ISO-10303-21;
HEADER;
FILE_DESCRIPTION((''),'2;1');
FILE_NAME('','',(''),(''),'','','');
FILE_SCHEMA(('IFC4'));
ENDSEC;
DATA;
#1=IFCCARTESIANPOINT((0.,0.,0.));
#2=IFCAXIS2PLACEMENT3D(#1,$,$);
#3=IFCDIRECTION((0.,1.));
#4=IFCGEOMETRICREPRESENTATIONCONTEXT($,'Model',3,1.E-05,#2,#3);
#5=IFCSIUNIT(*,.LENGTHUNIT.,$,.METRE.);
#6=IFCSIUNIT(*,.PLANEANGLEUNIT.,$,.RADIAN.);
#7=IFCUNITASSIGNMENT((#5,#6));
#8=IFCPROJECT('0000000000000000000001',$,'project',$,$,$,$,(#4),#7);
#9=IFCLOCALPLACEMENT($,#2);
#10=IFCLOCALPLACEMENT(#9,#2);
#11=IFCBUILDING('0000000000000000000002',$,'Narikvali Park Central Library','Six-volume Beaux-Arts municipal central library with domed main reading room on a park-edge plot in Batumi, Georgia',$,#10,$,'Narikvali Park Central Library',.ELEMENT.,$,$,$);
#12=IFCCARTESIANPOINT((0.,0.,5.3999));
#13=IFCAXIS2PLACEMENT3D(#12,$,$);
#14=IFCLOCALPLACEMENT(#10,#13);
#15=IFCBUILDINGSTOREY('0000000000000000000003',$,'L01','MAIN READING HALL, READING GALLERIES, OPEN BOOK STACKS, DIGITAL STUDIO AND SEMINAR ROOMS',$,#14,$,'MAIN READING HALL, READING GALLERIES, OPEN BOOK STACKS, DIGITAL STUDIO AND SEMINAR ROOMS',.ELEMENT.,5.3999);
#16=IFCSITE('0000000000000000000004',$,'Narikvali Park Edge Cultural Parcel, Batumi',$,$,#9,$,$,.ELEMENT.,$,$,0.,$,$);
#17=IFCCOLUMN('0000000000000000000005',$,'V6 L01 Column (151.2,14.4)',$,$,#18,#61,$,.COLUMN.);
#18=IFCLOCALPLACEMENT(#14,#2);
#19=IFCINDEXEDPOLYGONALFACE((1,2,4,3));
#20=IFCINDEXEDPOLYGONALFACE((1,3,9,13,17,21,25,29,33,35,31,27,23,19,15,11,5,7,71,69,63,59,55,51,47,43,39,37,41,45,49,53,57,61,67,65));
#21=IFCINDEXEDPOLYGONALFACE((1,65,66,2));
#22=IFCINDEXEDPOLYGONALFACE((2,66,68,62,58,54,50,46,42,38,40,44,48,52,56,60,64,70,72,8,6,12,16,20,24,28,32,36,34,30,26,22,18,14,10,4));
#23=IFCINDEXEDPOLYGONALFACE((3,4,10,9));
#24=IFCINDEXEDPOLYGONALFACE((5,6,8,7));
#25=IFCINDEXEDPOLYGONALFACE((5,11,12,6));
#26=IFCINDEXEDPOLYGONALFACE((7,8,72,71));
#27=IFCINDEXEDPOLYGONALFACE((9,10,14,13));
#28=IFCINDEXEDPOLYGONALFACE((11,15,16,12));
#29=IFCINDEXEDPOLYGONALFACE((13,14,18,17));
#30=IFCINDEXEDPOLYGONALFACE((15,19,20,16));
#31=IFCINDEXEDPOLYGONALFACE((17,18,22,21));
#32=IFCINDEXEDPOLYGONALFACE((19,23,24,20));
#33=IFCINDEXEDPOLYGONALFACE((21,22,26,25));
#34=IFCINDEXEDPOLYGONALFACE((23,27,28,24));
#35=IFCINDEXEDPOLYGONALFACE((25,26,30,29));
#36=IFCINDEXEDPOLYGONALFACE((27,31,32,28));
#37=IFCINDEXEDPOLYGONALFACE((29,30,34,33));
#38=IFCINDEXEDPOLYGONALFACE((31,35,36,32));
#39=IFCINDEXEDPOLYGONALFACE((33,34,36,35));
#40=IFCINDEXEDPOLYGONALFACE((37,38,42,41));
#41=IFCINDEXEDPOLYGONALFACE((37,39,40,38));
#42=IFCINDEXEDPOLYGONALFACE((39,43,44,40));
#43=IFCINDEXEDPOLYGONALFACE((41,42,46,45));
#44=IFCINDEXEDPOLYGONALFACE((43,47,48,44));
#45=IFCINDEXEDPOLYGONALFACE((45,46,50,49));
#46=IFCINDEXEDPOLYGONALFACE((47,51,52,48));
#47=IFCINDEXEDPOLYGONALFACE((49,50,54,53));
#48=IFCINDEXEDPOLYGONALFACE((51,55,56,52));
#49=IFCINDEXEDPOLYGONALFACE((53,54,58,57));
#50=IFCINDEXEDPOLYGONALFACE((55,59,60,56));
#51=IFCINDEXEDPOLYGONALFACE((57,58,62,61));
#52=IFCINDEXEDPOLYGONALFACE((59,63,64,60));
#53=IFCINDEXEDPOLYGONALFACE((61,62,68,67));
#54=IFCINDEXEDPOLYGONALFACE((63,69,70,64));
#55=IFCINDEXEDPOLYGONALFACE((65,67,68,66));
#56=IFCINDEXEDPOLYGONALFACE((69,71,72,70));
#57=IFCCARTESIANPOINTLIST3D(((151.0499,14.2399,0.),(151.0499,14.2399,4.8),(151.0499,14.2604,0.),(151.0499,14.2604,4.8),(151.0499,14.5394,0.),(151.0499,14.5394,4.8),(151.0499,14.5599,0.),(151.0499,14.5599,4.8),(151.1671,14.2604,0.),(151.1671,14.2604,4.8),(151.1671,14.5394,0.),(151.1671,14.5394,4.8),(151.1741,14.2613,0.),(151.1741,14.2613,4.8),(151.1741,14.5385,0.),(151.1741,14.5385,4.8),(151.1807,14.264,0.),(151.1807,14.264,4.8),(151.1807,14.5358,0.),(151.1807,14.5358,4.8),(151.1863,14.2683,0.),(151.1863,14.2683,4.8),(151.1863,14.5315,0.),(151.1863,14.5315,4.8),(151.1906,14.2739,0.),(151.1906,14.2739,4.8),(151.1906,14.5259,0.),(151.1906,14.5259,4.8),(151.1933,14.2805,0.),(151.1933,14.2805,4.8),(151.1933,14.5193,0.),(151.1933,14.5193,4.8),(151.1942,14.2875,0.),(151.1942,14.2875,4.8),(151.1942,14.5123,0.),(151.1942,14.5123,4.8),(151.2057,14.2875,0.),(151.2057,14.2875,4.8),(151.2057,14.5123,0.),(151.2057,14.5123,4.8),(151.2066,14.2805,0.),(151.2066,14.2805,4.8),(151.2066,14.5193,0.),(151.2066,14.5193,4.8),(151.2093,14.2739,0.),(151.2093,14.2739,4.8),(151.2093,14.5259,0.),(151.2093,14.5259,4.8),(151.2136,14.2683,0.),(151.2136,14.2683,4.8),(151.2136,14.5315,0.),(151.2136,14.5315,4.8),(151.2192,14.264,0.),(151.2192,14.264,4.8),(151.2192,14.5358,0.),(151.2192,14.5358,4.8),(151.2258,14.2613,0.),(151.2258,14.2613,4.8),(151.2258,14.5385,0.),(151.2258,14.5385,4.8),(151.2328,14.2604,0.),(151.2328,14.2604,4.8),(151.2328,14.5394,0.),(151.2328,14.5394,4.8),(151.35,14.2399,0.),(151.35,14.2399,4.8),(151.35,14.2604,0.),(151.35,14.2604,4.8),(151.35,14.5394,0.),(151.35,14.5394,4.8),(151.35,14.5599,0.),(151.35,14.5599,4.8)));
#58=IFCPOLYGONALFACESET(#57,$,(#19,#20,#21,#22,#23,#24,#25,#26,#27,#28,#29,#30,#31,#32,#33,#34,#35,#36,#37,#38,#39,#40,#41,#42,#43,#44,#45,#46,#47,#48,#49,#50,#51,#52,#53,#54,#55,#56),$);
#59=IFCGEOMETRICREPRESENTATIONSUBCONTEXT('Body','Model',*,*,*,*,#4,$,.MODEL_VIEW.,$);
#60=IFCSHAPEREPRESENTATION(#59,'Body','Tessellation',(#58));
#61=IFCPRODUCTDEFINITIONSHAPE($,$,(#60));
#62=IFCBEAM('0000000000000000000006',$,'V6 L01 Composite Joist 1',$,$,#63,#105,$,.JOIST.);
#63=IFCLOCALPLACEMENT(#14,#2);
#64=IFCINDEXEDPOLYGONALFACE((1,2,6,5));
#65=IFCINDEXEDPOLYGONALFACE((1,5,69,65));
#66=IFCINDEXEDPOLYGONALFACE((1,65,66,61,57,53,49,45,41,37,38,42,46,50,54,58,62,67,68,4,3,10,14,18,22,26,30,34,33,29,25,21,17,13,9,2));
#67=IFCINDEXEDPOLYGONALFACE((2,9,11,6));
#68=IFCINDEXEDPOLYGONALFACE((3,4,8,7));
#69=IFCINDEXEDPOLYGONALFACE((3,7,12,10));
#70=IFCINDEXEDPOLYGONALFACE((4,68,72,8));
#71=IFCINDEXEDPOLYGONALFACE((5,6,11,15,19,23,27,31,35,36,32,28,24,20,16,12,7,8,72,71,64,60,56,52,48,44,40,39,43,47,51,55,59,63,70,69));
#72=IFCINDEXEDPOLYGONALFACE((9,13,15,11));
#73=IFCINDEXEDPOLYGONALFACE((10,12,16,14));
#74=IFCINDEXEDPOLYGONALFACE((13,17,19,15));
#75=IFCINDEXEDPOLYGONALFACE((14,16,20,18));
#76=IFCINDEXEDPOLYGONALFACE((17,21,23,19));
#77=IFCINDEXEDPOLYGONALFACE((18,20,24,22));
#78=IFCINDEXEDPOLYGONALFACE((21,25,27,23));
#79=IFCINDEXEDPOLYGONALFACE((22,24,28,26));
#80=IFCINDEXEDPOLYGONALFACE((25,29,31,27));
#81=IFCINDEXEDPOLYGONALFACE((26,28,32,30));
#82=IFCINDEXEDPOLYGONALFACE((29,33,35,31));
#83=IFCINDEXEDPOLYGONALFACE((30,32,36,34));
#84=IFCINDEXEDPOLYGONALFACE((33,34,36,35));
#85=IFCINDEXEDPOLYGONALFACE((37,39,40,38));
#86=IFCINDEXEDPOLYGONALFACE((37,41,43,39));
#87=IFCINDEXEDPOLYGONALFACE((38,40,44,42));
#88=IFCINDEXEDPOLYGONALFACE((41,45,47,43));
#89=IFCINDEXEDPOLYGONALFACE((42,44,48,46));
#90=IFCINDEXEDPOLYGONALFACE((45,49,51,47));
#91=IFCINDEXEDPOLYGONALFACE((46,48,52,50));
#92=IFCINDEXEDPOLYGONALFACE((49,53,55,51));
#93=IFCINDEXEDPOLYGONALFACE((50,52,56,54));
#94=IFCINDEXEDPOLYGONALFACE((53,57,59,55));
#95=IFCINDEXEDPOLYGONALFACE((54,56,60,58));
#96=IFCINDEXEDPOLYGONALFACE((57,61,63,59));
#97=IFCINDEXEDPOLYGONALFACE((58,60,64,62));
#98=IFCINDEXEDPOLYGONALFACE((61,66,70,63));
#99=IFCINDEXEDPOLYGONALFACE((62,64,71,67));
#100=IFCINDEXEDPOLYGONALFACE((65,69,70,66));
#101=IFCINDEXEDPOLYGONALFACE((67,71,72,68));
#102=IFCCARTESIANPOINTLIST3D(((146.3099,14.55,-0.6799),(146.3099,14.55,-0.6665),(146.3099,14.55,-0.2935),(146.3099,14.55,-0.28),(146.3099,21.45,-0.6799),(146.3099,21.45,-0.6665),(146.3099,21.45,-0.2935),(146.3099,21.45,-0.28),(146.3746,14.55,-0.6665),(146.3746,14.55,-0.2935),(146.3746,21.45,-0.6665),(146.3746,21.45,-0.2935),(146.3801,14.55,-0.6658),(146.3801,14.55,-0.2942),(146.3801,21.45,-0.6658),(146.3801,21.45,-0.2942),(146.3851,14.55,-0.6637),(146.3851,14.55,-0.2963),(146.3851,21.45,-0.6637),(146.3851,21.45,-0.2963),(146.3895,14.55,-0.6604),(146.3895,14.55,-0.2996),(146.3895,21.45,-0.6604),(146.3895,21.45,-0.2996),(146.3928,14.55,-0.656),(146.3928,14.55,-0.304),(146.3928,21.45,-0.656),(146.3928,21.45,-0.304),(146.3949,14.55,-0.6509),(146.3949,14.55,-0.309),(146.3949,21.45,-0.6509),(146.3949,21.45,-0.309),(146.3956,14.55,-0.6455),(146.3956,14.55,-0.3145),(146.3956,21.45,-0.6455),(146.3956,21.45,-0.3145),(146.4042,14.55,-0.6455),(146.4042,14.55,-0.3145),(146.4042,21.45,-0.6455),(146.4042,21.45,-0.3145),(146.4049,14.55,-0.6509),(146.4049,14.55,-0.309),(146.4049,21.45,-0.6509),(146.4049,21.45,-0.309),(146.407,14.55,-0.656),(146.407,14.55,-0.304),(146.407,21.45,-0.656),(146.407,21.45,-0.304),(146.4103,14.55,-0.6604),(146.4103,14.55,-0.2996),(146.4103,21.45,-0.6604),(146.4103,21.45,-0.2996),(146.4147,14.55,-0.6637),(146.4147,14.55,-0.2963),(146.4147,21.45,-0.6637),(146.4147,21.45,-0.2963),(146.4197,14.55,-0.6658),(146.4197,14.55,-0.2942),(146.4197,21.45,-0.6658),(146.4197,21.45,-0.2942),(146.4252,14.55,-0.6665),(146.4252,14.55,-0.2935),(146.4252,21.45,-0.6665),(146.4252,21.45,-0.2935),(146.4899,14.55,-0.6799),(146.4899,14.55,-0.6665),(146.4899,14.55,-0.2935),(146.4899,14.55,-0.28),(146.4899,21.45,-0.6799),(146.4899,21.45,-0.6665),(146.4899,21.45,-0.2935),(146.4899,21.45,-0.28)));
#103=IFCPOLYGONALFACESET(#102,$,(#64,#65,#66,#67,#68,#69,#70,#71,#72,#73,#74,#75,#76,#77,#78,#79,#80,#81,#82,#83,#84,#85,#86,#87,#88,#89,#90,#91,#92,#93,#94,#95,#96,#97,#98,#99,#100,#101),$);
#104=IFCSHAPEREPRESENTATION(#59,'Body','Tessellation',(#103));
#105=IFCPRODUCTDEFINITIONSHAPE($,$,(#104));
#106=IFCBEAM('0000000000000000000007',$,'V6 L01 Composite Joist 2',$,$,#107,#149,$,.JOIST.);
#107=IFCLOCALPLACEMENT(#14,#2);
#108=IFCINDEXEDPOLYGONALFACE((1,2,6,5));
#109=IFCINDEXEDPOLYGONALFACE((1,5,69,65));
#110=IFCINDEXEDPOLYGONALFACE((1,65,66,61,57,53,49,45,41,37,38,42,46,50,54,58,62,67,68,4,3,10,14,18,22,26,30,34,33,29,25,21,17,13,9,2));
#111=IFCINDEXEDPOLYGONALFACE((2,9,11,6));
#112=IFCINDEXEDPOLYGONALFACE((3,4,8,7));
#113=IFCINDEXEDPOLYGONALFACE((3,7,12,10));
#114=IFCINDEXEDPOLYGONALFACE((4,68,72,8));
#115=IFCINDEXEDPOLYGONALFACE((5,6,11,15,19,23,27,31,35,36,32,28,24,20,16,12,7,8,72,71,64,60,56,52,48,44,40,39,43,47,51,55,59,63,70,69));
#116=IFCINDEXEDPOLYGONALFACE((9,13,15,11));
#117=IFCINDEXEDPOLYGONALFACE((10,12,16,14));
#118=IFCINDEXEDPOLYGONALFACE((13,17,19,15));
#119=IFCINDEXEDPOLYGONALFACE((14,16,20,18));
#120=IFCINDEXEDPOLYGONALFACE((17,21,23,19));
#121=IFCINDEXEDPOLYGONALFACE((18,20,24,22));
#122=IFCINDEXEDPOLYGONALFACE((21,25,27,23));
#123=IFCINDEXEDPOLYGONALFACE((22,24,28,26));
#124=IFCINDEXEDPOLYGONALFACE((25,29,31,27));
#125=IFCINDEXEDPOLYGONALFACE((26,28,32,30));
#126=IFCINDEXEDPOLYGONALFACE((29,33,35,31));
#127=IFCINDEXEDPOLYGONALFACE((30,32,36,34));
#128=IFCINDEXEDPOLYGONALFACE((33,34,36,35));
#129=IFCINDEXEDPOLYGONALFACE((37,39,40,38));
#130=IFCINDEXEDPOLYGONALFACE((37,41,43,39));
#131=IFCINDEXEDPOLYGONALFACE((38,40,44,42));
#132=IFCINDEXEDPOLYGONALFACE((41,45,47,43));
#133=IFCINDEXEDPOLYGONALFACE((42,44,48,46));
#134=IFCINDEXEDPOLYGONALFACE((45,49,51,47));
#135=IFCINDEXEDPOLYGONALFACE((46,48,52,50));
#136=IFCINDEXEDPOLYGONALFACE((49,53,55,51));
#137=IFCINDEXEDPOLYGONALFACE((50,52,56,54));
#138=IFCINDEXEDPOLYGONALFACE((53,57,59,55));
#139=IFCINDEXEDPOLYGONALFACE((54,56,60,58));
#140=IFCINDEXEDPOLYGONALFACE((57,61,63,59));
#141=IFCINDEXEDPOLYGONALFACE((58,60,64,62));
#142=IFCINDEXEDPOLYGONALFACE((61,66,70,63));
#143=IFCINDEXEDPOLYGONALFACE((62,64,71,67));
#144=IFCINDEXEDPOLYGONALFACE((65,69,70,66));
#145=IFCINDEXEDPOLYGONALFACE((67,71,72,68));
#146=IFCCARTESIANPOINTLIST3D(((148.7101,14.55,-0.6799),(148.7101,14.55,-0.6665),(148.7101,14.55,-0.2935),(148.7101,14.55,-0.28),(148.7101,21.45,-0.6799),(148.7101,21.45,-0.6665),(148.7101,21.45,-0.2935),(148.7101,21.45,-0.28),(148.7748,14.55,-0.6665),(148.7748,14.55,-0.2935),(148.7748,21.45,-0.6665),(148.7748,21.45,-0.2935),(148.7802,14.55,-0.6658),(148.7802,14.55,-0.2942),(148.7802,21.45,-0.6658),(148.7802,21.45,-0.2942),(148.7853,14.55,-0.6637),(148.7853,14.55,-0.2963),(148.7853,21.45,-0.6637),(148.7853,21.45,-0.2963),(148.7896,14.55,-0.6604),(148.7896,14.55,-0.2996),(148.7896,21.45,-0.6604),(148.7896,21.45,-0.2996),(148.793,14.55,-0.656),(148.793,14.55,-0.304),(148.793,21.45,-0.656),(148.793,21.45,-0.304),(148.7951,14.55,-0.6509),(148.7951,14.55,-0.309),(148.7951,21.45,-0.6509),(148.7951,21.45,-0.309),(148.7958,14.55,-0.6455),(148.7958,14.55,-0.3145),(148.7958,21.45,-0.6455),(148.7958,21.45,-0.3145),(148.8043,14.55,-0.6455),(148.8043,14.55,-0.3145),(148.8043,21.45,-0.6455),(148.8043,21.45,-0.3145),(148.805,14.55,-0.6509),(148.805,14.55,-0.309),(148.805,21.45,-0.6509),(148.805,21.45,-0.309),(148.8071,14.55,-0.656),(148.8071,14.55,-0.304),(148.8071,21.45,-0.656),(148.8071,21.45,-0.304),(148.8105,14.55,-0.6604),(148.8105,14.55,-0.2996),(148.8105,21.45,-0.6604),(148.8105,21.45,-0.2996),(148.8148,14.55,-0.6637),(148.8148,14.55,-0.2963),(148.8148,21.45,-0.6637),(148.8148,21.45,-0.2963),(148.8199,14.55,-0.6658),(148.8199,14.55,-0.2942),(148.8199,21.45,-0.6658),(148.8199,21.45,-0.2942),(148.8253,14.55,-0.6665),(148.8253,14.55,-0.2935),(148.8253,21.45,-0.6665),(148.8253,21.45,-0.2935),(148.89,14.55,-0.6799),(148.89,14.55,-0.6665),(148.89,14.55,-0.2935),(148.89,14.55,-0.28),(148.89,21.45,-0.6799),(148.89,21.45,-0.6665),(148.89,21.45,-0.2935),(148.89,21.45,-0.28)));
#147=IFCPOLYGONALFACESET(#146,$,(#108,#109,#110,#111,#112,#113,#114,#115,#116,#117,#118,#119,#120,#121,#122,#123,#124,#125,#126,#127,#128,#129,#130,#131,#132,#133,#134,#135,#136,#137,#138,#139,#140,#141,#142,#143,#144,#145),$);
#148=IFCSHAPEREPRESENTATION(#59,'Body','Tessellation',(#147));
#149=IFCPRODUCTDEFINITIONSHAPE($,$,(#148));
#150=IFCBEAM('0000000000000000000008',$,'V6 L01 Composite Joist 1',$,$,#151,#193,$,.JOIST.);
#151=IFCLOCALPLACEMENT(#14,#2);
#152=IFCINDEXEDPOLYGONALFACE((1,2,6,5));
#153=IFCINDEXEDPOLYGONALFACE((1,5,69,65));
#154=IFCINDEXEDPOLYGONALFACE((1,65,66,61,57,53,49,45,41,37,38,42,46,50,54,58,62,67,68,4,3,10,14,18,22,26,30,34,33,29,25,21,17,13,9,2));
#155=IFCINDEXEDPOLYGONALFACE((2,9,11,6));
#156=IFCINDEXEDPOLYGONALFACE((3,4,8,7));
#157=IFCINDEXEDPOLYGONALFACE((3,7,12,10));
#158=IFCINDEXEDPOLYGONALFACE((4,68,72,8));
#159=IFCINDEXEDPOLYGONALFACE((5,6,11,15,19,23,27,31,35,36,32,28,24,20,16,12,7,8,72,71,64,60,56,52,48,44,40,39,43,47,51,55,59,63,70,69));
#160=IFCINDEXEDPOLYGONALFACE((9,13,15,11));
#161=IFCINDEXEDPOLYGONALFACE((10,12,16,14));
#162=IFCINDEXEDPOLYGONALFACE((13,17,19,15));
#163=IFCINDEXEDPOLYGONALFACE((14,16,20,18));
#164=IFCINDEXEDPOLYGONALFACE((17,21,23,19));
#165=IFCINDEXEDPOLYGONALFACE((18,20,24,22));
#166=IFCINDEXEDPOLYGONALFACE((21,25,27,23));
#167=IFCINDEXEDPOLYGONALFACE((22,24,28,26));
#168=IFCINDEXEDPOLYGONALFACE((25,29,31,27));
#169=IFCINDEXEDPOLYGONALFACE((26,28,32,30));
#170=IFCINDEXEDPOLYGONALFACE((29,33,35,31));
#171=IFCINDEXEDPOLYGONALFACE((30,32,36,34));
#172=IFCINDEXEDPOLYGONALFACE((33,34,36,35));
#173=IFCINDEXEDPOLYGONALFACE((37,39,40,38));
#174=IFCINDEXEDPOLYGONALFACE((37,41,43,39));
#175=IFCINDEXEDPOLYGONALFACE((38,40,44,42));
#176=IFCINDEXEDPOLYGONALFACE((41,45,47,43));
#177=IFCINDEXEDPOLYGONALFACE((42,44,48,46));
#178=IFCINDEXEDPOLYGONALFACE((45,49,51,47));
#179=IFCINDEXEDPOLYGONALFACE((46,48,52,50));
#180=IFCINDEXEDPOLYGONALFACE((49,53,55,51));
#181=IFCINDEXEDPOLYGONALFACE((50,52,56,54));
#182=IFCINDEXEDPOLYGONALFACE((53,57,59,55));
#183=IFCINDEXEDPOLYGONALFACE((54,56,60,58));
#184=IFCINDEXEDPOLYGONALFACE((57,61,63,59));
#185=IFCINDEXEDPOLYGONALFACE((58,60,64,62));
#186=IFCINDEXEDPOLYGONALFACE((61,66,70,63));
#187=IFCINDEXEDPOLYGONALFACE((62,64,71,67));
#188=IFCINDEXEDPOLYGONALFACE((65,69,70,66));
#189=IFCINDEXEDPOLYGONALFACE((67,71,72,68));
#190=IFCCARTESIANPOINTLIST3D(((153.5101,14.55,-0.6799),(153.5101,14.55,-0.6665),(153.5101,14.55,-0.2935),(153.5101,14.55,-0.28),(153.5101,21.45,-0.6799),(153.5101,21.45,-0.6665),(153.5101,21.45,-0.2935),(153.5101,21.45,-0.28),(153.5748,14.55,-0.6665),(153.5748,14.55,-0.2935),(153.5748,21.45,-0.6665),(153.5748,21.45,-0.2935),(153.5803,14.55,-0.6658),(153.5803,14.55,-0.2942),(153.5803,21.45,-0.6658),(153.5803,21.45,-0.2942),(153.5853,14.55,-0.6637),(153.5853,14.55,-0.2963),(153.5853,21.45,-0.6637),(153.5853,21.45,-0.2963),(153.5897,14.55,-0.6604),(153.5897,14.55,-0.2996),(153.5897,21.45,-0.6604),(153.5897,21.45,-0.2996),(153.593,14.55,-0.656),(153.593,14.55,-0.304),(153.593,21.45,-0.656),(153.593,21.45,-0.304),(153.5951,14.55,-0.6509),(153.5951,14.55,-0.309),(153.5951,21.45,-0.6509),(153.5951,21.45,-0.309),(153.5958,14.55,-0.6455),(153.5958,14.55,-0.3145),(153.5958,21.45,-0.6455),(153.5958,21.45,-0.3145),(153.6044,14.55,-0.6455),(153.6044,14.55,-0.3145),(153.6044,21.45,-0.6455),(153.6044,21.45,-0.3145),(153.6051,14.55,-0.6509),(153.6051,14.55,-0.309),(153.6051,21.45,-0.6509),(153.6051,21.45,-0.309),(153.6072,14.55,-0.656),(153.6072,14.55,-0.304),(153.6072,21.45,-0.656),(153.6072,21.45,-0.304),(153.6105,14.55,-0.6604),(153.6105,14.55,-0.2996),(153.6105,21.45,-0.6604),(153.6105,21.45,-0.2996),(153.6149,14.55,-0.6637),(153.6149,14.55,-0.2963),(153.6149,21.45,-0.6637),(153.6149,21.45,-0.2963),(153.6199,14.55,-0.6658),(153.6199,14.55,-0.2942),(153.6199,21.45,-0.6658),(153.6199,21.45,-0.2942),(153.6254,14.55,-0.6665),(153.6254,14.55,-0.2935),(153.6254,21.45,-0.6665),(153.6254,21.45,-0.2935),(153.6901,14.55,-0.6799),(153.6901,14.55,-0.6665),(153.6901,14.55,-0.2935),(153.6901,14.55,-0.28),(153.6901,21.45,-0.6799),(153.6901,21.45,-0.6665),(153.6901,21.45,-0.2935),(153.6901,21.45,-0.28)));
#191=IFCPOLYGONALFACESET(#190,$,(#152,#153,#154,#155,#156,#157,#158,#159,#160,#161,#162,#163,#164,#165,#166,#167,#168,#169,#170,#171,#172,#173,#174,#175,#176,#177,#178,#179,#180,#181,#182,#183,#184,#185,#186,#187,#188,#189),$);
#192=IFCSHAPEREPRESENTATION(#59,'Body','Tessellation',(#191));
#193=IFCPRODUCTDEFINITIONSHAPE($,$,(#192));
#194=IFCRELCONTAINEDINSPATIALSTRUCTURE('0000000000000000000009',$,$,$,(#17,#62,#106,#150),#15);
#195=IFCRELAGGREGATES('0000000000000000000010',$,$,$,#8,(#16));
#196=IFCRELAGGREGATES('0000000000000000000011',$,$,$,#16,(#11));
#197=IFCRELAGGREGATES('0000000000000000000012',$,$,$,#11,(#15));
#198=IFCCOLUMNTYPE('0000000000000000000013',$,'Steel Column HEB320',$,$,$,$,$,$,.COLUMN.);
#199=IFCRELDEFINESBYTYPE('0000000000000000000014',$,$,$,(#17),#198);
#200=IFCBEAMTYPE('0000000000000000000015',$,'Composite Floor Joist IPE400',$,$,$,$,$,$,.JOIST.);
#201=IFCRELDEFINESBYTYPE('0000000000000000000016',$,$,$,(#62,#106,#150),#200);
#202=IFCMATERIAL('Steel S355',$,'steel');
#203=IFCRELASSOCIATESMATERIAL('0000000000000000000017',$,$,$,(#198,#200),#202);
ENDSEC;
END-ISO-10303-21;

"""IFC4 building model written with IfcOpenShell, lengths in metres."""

from ifc_helpers import new_model, si_unit, direction, frame, origin, origin_2d, place, context, subcontext, project, spatial, i_section, extrude, material, material_profile, profile_set, type_object, element, save


model = new_model("IFC4")

# Units and contexts
model_context = context("Model", 3, precision=1e-05, world=origin(), true_north=direction((0.0, 1.0)))
body_context = subcontext(model_context, "Body", "Model", "MODEL_VIEW")
ifc_project = project(units=[si_unit("LENGTHUNIT", "METRE"), si_unit("PLANEANGLEUNIT", "RADIAN")], contexts=[model_context])

# Site, building, storey
site_placement = place(None, origin())
site = spatial("IfcSite", under=ifc_project, at=site_placement, Name="Narikvali Park Edge Cultural Parcel, Batumi", CompositionType="ELEMENT", RefElevation=0.0)
building_placement = place(site_placement, origin())
building = spatial("IfcBuilding", under=site, at=building_placement, Name="Narikvali Park Central Library", Description="Six-volume Beaux-Arts municipal central library with domed main reading room on a park-edge plot in Batumi, Georgia", LongName="Narikvali Park Central Library", CompositionType="ELEMENT")
storey_placement = place(building_placement, frame((0.0, 0.0, 5.3999)))
storey = spatial("IfcBuildingStorey", under=building, at=storey_placement, Name="L01", Description="MAIN READING HALL, READING GALLERIES, OPEN BOOK STACKS, DIGITAL STUDIO AND SEMINAR ROOMS", LongName="MAIN READING HALL, READING GALLERIES, OPEN BOOK STACKS, DIGITAL STUDIO AND SEMINAR ROOMS", CompositionType="ELEMENT", Elevation=5.3999)

# Column
ifc_material_1 = material(Name="Steel S355", Category="steel")
ifc_material_profile_1 = material_profile(ifc_material_1, i_section(OverallWidth=0.3, OverallDepth=0.3201, WebThickness=0.0115, FlangeThickness=0.0205, FilletRadius=0.0271, at=origin_2d()), Name="HEB 320")
ifc_profile_set_1 = profile_set([ifc_material_profile_1], Name="Steel S355")
column_type = type_object("IfcColumnType", Name="Steel Column HEB320", PredefinedType="COLUMN", material=ifc_profile_set_1)
column_placement = place(storey_placement, frame((151.2, 14.3999, 0.0), z_axis=(0.0, 0.0, 1.0), x_axis=(1.0, 0.0, 0.0)))
element("IfcColumn", 1, at=column_placement, inside=storey, type_object=column_type, Name="V6 L01 Column (151.2,14.4)", PredefinedType="COLUMN", context=body_context, shape_type="SweptSolid", body=[
    extrude(i_section(OverallWidth=0.3, OverallDepth=0.3201, WebThickness=0.0115, FlangeThickness=0.0205, FilletRadius=0.0271, at=origin_2d()), origin(), (0.0, 0.0, 1.0), 4.8),
])

# Beams
ifc_material_profile_2 = material_profile(ifc_material_1, i_section(OverallWidth=0.1799, OverallDepth=0.3999, WebThickness=0.0085, FlangeThickness=0.0134, FilletRadius=0.021, at=origin_2d()), Name="IPE 400")
ifc_profile_set_2 = profile_set([ifc_material_profile_2], Name="Steel S355")
beam_type_1 = type_object("IfcBeamType", Name="Composite Floor Joist IPE400", PredefinedType="JOIST", material=ifc_profile_set_2)
for number, where, z_axis, x_axis, name in (
    (2, (146.3999, 14.55, -0.48), (0.0, 1.0, 0.0), (-1.0, 0.0, 0.0), "V6 L01 Composite Joist 1"),
    (3, (148.8, 14.55, -0.48), (0.0, 1.0, 0.0), (-1.0, 0.0, 0.0), "V6 L01 Composite Joist 2"),
    (4, (153.6001, 14.55, -0.48), (0.0, 1.0, 0.0), (-1.0, 0.0, 0.0), "V6 L01 Composite Joist 1"),
):
    element("IfcBeam", number, at=place(storey_placement, frame(where, z_axis=z_axis, x_axis=x_axis)), inside=storey, type_object=beam_type_1, Name=name, PredefinedType="JOIST", context=body_context, shape_type="SweptSolid", body=[
        extrude(i_section(OverallWidth=0.1799, OverallDepth=0.3999, WebThickness=0.0085, FlangeThickness=0.0134, FilletRadius=0.021, at=origin_2d()), origin(), (0.0, 0.0, 1.0), 6.8999),
    ])

save(model, "model.ifc")
